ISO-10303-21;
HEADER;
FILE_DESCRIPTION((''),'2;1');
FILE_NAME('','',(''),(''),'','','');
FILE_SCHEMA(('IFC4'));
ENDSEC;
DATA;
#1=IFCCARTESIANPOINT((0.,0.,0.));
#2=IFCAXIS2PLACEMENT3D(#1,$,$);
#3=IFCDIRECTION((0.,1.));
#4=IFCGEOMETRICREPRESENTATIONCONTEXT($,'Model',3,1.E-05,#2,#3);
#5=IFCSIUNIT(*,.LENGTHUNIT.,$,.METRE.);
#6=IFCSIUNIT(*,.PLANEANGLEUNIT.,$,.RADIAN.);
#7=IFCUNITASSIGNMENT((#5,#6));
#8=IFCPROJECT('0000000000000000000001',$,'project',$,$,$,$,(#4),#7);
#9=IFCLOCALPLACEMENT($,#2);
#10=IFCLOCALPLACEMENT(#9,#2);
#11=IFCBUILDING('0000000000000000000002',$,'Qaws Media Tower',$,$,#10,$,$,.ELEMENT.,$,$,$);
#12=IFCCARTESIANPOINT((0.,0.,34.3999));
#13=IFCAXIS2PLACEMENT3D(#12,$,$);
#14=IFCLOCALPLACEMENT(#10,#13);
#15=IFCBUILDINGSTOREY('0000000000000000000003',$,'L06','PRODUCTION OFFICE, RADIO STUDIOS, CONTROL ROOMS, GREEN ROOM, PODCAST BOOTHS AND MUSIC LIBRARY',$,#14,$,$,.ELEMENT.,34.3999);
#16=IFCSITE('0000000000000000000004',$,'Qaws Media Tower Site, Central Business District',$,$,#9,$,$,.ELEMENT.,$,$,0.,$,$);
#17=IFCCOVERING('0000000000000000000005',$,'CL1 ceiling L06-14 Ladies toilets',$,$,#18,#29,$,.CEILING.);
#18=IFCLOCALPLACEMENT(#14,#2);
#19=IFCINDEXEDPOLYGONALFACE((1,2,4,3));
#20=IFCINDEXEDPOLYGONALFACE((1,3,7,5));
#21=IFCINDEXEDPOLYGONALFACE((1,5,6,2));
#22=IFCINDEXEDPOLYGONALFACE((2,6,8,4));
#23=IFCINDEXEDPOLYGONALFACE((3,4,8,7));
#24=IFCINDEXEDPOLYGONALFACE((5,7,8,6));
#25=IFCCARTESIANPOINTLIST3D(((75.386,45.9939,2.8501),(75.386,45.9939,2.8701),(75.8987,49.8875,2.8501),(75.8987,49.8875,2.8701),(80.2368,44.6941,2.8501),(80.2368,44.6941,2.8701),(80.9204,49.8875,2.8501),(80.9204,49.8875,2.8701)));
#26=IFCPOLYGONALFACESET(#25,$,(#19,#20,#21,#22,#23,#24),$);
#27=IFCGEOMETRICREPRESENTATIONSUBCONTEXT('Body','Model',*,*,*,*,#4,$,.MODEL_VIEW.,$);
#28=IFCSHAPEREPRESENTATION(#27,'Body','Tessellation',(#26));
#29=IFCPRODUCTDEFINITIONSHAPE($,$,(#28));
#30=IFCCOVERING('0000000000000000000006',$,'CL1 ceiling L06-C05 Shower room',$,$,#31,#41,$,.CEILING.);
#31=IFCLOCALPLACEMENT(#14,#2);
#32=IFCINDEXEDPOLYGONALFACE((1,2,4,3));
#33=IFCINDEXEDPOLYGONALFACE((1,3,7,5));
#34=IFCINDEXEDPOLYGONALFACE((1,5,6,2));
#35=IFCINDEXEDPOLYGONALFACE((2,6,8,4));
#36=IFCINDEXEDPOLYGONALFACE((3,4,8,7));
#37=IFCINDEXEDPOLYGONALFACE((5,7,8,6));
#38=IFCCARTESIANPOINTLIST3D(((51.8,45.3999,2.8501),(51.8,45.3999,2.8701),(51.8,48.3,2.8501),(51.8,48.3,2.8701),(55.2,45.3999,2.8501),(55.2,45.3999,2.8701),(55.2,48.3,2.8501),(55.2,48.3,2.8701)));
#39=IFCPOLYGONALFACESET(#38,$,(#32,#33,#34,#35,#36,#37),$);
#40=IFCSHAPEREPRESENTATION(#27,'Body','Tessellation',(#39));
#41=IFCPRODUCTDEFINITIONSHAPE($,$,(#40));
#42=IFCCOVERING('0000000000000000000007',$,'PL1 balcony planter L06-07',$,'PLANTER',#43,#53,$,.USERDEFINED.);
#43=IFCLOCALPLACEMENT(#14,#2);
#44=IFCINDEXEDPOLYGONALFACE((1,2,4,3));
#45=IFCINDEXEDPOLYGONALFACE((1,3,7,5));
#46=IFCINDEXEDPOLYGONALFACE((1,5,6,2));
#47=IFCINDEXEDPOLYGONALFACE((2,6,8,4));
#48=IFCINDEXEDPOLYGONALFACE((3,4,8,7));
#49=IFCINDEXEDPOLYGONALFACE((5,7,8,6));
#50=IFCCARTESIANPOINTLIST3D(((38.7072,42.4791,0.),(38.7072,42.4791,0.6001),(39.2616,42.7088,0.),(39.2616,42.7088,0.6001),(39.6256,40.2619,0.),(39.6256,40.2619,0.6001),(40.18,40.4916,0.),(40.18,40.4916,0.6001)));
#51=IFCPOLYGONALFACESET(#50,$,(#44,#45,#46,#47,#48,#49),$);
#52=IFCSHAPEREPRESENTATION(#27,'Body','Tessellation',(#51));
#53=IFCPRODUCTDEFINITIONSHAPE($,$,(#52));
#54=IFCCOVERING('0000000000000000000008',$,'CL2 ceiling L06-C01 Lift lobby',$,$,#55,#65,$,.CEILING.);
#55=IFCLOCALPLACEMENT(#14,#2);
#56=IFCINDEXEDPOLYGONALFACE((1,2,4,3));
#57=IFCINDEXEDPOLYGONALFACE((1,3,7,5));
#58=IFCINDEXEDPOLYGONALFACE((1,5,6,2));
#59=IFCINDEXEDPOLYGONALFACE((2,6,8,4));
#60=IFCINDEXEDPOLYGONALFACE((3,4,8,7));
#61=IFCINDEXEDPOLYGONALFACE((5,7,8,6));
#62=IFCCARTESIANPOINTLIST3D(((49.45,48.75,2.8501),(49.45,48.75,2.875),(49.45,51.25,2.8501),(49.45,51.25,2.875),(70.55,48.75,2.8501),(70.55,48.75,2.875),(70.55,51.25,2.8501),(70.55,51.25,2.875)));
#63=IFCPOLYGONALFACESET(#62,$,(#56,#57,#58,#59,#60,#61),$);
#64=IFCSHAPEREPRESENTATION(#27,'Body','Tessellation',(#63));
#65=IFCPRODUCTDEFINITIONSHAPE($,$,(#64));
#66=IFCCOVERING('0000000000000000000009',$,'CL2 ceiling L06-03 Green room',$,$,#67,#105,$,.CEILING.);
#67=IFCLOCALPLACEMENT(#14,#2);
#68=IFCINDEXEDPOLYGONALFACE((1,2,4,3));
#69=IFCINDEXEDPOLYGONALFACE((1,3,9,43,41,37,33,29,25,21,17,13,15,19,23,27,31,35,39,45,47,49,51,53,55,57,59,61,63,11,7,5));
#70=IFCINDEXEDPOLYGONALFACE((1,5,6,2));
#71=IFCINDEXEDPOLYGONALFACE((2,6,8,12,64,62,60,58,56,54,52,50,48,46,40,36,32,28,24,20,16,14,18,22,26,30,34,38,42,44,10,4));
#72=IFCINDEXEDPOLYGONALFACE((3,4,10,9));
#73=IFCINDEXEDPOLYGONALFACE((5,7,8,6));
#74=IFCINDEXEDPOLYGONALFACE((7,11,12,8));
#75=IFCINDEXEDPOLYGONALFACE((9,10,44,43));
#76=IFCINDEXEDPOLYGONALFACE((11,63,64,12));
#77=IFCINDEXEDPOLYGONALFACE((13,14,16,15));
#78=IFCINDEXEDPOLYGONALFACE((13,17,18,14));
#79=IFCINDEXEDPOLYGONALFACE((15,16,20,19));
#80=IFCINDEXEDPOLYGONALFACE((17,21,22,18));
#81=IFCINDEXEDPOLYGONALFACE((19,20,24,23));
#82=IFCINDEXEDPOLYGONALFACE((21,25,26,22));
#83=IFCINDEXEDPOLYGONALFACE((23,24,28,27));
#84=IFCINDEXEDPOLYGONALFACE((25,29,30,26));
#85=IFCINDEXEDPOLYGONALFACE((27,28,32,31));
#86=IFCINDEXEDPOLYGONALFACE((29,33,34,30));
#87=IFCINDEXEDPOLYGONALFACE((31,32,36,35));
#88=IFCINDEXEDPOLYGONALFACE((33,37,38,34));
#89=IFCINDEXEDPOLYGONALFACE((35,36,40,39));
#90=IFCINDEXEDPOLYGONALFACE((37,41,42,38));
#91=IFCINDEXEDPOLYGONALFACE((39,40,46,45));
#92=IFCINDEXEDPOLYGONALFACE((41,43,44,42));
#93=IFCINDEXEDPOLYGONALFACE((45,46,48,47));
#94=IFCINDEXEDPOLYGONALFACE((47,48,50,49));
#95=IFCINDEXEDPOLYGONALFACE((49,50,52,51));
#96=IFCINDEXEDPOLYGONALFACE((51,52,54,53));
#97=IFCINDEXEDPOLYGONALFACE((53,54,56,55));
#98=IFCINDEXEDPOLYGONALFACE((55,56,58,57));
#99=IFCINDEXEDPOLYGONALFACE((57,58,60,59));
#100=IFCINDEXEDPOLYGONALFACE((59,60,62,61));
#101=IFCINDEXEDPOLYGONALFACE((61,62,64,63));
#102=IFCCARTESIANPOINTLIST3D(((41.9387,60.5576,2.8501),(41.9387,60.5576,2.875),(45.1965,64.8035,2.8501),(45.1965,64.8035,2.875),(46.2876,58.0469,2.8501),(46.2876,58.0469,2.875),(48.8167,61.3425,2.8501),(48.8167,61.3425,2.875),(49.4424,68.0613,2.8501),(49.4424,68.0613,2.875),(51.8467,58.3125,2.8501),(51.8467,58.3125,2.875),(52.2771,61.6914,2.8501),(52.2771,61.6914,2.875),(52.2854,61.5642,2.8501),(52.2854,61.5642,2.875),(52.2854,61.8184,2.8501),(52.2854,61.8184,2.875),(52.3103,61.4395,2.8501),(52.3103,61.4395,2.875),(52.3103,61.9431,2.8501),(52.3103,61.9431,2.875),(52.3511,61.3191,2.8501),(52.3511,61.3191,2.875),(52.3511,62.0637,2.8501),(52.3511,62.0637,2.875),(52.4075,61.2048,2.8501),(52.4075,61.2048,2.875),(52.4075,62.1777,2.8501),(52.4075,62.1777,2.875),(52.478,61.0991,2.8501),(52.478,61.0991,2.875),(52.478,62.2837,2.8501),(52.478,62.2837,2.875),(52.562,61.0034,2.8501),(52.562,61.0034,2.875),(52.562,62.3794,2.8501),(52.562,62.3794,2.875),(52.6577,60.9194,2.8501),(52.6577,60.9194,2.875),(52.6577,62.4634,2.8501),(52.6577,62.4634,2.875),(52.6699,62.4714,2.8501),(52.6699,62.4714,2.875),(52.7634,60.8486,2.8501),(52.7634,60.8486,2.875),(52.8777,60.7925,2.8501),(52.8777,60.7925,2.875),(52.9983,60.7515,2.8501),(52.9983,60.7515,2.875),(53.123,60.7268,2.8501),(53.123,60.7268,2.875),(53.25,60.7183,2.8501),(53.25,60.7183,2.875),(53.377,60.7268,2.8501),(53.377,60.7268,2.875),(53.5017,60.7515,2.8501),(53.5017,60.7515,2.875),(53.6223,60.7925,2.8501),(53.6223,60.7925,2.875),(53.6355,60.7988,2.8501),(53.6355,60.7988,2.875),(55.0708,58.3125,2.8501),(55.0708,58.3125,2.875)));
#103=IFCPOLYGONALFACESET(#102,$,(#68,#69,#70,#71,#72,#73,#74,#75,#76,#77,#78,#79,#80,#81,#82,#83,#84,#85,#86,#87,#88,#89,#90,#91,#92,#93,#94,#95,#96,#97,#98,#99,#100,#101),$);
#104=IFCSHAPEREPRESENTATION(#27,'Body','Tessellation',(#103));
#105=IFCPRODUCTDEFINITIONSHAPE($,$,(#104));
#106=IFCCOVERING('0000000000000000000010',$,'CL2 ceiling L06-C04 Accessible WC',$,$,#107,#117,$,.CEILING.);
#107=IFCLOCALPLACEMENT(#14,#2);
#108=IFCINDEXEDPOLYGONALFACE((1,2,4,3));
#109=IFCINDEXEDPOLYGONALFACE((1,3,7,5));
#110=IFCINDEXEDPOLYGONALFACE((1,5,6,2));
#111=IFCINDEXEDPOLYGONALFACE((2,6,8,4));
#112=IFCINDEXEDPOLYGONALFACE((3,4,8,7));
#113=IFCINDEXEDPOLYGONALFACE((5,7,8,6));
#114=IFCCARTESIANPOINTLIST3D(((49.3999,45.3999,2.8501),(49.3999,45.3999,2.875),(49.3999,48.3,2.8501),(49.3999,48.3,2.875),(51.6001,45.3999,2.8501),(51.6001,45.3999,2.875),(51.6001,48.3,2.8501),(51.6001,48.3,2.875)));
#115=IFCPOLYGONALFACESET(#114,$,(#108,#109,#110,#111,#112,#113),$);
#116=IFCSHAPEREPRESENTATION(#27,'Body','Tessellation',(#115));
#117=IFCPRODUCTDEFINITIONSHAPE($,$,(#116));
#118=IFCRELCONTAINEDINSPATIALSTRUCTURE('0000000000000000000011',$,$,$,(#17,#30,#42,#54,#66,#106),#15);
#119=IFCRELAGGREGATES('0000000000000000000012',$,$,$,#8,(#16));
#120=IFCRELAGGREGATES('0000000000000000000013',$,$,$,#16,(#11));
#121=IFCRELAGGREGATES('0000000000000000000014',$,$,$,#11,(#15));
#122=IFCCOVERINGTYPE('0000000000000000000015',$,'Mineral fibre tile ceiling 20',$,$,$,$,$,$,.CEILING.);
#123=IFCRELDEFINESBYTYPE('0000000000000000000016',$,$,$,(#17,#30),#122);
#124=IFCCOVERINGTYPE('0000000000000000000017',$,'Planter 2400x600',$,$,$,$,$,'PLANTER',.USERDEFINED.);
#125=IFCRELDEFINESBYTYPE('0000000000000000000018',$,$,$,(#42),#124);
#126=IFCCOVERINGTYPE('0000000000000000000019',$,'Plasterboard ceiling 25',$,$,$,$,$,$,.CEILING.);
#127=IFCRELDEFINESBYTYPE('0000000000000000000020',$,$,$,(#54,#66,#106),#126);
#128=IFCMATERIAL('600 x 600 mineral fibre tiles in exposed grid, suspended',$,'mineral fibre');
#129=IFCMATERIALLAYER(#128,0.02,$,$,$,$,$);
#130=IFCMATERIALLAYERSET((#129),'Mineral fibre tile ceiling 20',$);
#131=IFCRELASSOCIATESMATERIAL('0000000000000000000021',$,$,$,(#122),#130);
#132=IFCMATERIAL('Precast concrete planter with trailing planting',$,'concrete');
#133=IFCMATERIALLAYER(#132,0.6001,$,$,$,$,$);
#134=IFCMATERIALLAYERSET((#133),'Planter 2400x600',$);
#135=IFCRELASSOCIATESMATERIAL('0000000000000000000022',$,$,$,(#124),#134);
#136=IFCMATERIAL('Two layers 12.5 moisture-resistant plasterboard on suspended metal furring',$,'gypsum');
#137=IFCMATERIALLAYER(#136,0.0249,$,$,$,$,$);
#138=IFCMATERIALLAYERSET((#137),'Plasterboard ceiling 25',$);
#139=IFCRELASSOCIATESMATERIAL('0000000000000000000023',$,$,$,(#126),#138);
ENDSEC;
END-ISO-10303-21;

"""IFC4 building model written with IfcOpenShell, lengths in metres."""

from ifc_helpers import new_model, si_unit, direction, frame, origin, origin_2d, place, context, subcontext, project, spatial, polyline, rectangle, outline, extrude, material, layer, layer_set, type_object, element, save


model = new_model("IFC4")

# Units and contexts
model_context = context("Model", 3, precision=1e-05, world=origin(), true_north=direction((0.0, 1.0)))
body_context = subcontext(model_context, "Body", "Model", "MODEL_VIEW")
ifc_project = project(units=[si_unit("LENGTHUNIT", "METRE"), si_unit("PLANEANGLEUNIT", "RADIAN")], contexts=[model_context])

# Site, building, storey
site_placement = place(None, origin())
site = spatial("IfcSite", under=ifc_project, at=site_placement, Name="Qaws Media Tower Site, Central Business District", CompositionType="ELEMENT", RefElevation=0.0)
building_placement = place(site_placement, origin())
building = spatial("IfcBuilding", under=site, at=building_placement, Name="Qaws Media Tower", CompositionType="ELEMENT")
storey_placement = place(building_placement, frame((0.0, 0.0, 34.3999)))
storey = spatial("IfcBuildingStorey", under=building, at=storey_placement, Name="L06", Description="PRODUCTION OFFICE, RADIO STUDIOS, CONTROL ROOMS, GREEN ROOM, PODCAST BOOTHS AND MUSIC LIBRARY", CompositionType="ELEMENT", Elevation=34.3999)

# Coverings
ifc_material_1 = material(Name="600 x 600 mineral fibre tiles in exposed grid, suspended", Category="mineral fibre")
ifc_layer_1 = layer(ifc_material_1, 0.02)
ifc_layer_set_1 = layer_set([ifc_layer_1], Name="Mineral fibre tile ceiling 20")
covering_type_1 = type_object("IfcCoveringType", Name="Mineral fibre tile ceiling 20", PredefinedType="CEILING", material=ifc_layer_set_1)
covering_1_placement = place(storey_placement, frame((0.0, 0.0, 2.8501)))
element("IfcCovering", 1, at=covering_1_placement, inside=storey, type_object=covering_type_1, Name="CL1 ceiling L06-14 Ladies toilets", PredefinedType="CEILING", context=body_context, shape_type="SweptSolid", body=[
    extrude(outline(polyline([(80.2368, 44.6941), (75.386, 45.9939), (75.8987, 49.8875), (80.9204, 49.8875), (80.2368, 44.6941)])), origin(), (0.0, 0.0, 1.0), 0.02),
])
covering_2_placement = place(storey_placement, frame((0.0, 0.0, 2.8501)))
element("IfcCovering", 2, at=covering_2_placement, inside=storey, type_object=covering_type_1, Name="CL1 ceiling L06-C05 Shower room", PredefinedType="CEILING", context=body_context, shape_type="SweptSolid", body=[
    extrude(outline(polyline([(51.8, 45.3999), (51.8, 48.3), (55.2, 48.3), (55.2, 45.3999), (51.8, 45.3999)])), origin(), (0.0, 0.0, 1.0), 0.02),
])
ifc_material_2 = material(Name="Precast concrete planter with trailing planting", Category="concrete")
ifc_layer_2 = layer(ifc_material_2, 0.6001)
ifc_layer_set_2 = layer_set([ifc_layer_2], Name="Planter 2400x600")
covering_type_2 = type_object("IfcCoveringType", Name="Planter 2400x600", ElementType="PLANTER", PredefinedType="USERDEFINED", material=ifc_layer_set_2)
covering_3_placement = place(storey_placement, frame((39.4436, 41.4854, 0.0), z_axis=(0.0, 0.0, 1.0), x_axis=(0.382683, -0.92388, 0.0)))
element("IfcCovering", 3, at=covering_3_placement, inside=storey, type_object=covering_type_2, Name="PL1 balcony planter L06-07", ObjectType="PLANTER", PredefinedType="USERDEFINED", context=body_context, shape_type="SweptSolid", body=[
    extrude(rectangle(XDim=2.3999, YDim=0.6001, at=origin_2d()), origin(), (0.0, 0.0, 1.0), 0.6001),
])
ifc_material_3 = material(Name="Two layers 12.5 moisture-resistant plasterboard on suspended metal furring", Category="gypsum")
ifc_layer_3 = layer(ifc_material_3, 0.0249)
ifc_layer_set_3 = layer_set([ifc_layer_3], Name="Plasterboard ceiling 25")
covering_type_3 = type_object("IfcCoveringType", Name="Plasterboard ceiling 25", PredefinedType="CEILING", material=ifc_layer_set_3)
covering_4_placement = place(storey_placement, frame((0.0, 0.0, 2.8501)))
element("IfcCovering", 4, at=covering_4_placement, inside=storey, type_object=covering_type_3, Name="CL2 ceiling L06-C01 Lift lobby", PredefinedType="CEILING", context=body_context, shape_type="SweptSolid", body=[
    extrude(outline(polyline([(49.45, 48.75), (49.45, 51.25), (70.55, 51.25), (70.55, 48.75), (49.45, 48.75)])), origin(), (0.0, 0.0, 1.0), 0.0249),
])
covering_5_placement = place(storey_placement, frame((0.0, 0.0, 2.8501)))
element("IfcCovering", 5, at=covering_5_placement, inside=storey, type_object=covering_type_3, Name="CL2 ceiling L06-03 Green room", PredefinedType="CEILING", context=body_context, shape_type="SweptSolid", body=[
    extrude(outline(polyline([(45.1965, 64.8035), (49.4424, 68.0613), (52.6699, 62.4714), (52.6577, 62.4634), (52.562, 62.3794), (52.478, 62.2837), (52.4075, 62.1777), (52.3511, 62.0637), (52.3103, 61.9431), (52.2854, 61.8184), (52.2771, 61.6914), (52.2854, 61.5642), (52.3103, 61.4395), (52.3511, 61.3191), (52.4075, 61.2048), (52.478, 61.0991), (52.562, 61.0034), (52.6577, 60.9194), (52.7634, 60.8486), (52.8777, 60.7925), (52.9983, 60.7515), (53.123, 60.7268), (53.25, 60.7183), (53.377, 60.7268), (53.5017, 60.7515), (53.6223, 60.7925), (53.6355, 60.7988), (55.0708, 58.3125), (51.8467, 58.3125), (48.8167, 61.3425), (46.2876, 58.0469), (41.9387, 60.5576), (45.1965, 64.8035)])), origin(), (0.0, 0.0, 1.0), 0.0249),
])
covering_6_placement = place(storey_placement, frame((0.0, 0.0, 2.8501)))
element("IfcCovering", 6, at=covering_6_placement, inside=storey, type_object=covering_type_3, Name="CL2 ceiling L06-C04 Accessible WC", PredefinedType="CEILING", context=body_context, shape_type="SweptSolid", body=[
    extrude(outline(polyline([(49.3999, 45.3999), (49.3999, 48.3), (51.6001, 48.3), (51.6001, 45.3999), (49.3999, 45.3999)])), origin(), (0.0, 0.0, 1.0), 0.0249),
])

save(model, "model.ifc")
